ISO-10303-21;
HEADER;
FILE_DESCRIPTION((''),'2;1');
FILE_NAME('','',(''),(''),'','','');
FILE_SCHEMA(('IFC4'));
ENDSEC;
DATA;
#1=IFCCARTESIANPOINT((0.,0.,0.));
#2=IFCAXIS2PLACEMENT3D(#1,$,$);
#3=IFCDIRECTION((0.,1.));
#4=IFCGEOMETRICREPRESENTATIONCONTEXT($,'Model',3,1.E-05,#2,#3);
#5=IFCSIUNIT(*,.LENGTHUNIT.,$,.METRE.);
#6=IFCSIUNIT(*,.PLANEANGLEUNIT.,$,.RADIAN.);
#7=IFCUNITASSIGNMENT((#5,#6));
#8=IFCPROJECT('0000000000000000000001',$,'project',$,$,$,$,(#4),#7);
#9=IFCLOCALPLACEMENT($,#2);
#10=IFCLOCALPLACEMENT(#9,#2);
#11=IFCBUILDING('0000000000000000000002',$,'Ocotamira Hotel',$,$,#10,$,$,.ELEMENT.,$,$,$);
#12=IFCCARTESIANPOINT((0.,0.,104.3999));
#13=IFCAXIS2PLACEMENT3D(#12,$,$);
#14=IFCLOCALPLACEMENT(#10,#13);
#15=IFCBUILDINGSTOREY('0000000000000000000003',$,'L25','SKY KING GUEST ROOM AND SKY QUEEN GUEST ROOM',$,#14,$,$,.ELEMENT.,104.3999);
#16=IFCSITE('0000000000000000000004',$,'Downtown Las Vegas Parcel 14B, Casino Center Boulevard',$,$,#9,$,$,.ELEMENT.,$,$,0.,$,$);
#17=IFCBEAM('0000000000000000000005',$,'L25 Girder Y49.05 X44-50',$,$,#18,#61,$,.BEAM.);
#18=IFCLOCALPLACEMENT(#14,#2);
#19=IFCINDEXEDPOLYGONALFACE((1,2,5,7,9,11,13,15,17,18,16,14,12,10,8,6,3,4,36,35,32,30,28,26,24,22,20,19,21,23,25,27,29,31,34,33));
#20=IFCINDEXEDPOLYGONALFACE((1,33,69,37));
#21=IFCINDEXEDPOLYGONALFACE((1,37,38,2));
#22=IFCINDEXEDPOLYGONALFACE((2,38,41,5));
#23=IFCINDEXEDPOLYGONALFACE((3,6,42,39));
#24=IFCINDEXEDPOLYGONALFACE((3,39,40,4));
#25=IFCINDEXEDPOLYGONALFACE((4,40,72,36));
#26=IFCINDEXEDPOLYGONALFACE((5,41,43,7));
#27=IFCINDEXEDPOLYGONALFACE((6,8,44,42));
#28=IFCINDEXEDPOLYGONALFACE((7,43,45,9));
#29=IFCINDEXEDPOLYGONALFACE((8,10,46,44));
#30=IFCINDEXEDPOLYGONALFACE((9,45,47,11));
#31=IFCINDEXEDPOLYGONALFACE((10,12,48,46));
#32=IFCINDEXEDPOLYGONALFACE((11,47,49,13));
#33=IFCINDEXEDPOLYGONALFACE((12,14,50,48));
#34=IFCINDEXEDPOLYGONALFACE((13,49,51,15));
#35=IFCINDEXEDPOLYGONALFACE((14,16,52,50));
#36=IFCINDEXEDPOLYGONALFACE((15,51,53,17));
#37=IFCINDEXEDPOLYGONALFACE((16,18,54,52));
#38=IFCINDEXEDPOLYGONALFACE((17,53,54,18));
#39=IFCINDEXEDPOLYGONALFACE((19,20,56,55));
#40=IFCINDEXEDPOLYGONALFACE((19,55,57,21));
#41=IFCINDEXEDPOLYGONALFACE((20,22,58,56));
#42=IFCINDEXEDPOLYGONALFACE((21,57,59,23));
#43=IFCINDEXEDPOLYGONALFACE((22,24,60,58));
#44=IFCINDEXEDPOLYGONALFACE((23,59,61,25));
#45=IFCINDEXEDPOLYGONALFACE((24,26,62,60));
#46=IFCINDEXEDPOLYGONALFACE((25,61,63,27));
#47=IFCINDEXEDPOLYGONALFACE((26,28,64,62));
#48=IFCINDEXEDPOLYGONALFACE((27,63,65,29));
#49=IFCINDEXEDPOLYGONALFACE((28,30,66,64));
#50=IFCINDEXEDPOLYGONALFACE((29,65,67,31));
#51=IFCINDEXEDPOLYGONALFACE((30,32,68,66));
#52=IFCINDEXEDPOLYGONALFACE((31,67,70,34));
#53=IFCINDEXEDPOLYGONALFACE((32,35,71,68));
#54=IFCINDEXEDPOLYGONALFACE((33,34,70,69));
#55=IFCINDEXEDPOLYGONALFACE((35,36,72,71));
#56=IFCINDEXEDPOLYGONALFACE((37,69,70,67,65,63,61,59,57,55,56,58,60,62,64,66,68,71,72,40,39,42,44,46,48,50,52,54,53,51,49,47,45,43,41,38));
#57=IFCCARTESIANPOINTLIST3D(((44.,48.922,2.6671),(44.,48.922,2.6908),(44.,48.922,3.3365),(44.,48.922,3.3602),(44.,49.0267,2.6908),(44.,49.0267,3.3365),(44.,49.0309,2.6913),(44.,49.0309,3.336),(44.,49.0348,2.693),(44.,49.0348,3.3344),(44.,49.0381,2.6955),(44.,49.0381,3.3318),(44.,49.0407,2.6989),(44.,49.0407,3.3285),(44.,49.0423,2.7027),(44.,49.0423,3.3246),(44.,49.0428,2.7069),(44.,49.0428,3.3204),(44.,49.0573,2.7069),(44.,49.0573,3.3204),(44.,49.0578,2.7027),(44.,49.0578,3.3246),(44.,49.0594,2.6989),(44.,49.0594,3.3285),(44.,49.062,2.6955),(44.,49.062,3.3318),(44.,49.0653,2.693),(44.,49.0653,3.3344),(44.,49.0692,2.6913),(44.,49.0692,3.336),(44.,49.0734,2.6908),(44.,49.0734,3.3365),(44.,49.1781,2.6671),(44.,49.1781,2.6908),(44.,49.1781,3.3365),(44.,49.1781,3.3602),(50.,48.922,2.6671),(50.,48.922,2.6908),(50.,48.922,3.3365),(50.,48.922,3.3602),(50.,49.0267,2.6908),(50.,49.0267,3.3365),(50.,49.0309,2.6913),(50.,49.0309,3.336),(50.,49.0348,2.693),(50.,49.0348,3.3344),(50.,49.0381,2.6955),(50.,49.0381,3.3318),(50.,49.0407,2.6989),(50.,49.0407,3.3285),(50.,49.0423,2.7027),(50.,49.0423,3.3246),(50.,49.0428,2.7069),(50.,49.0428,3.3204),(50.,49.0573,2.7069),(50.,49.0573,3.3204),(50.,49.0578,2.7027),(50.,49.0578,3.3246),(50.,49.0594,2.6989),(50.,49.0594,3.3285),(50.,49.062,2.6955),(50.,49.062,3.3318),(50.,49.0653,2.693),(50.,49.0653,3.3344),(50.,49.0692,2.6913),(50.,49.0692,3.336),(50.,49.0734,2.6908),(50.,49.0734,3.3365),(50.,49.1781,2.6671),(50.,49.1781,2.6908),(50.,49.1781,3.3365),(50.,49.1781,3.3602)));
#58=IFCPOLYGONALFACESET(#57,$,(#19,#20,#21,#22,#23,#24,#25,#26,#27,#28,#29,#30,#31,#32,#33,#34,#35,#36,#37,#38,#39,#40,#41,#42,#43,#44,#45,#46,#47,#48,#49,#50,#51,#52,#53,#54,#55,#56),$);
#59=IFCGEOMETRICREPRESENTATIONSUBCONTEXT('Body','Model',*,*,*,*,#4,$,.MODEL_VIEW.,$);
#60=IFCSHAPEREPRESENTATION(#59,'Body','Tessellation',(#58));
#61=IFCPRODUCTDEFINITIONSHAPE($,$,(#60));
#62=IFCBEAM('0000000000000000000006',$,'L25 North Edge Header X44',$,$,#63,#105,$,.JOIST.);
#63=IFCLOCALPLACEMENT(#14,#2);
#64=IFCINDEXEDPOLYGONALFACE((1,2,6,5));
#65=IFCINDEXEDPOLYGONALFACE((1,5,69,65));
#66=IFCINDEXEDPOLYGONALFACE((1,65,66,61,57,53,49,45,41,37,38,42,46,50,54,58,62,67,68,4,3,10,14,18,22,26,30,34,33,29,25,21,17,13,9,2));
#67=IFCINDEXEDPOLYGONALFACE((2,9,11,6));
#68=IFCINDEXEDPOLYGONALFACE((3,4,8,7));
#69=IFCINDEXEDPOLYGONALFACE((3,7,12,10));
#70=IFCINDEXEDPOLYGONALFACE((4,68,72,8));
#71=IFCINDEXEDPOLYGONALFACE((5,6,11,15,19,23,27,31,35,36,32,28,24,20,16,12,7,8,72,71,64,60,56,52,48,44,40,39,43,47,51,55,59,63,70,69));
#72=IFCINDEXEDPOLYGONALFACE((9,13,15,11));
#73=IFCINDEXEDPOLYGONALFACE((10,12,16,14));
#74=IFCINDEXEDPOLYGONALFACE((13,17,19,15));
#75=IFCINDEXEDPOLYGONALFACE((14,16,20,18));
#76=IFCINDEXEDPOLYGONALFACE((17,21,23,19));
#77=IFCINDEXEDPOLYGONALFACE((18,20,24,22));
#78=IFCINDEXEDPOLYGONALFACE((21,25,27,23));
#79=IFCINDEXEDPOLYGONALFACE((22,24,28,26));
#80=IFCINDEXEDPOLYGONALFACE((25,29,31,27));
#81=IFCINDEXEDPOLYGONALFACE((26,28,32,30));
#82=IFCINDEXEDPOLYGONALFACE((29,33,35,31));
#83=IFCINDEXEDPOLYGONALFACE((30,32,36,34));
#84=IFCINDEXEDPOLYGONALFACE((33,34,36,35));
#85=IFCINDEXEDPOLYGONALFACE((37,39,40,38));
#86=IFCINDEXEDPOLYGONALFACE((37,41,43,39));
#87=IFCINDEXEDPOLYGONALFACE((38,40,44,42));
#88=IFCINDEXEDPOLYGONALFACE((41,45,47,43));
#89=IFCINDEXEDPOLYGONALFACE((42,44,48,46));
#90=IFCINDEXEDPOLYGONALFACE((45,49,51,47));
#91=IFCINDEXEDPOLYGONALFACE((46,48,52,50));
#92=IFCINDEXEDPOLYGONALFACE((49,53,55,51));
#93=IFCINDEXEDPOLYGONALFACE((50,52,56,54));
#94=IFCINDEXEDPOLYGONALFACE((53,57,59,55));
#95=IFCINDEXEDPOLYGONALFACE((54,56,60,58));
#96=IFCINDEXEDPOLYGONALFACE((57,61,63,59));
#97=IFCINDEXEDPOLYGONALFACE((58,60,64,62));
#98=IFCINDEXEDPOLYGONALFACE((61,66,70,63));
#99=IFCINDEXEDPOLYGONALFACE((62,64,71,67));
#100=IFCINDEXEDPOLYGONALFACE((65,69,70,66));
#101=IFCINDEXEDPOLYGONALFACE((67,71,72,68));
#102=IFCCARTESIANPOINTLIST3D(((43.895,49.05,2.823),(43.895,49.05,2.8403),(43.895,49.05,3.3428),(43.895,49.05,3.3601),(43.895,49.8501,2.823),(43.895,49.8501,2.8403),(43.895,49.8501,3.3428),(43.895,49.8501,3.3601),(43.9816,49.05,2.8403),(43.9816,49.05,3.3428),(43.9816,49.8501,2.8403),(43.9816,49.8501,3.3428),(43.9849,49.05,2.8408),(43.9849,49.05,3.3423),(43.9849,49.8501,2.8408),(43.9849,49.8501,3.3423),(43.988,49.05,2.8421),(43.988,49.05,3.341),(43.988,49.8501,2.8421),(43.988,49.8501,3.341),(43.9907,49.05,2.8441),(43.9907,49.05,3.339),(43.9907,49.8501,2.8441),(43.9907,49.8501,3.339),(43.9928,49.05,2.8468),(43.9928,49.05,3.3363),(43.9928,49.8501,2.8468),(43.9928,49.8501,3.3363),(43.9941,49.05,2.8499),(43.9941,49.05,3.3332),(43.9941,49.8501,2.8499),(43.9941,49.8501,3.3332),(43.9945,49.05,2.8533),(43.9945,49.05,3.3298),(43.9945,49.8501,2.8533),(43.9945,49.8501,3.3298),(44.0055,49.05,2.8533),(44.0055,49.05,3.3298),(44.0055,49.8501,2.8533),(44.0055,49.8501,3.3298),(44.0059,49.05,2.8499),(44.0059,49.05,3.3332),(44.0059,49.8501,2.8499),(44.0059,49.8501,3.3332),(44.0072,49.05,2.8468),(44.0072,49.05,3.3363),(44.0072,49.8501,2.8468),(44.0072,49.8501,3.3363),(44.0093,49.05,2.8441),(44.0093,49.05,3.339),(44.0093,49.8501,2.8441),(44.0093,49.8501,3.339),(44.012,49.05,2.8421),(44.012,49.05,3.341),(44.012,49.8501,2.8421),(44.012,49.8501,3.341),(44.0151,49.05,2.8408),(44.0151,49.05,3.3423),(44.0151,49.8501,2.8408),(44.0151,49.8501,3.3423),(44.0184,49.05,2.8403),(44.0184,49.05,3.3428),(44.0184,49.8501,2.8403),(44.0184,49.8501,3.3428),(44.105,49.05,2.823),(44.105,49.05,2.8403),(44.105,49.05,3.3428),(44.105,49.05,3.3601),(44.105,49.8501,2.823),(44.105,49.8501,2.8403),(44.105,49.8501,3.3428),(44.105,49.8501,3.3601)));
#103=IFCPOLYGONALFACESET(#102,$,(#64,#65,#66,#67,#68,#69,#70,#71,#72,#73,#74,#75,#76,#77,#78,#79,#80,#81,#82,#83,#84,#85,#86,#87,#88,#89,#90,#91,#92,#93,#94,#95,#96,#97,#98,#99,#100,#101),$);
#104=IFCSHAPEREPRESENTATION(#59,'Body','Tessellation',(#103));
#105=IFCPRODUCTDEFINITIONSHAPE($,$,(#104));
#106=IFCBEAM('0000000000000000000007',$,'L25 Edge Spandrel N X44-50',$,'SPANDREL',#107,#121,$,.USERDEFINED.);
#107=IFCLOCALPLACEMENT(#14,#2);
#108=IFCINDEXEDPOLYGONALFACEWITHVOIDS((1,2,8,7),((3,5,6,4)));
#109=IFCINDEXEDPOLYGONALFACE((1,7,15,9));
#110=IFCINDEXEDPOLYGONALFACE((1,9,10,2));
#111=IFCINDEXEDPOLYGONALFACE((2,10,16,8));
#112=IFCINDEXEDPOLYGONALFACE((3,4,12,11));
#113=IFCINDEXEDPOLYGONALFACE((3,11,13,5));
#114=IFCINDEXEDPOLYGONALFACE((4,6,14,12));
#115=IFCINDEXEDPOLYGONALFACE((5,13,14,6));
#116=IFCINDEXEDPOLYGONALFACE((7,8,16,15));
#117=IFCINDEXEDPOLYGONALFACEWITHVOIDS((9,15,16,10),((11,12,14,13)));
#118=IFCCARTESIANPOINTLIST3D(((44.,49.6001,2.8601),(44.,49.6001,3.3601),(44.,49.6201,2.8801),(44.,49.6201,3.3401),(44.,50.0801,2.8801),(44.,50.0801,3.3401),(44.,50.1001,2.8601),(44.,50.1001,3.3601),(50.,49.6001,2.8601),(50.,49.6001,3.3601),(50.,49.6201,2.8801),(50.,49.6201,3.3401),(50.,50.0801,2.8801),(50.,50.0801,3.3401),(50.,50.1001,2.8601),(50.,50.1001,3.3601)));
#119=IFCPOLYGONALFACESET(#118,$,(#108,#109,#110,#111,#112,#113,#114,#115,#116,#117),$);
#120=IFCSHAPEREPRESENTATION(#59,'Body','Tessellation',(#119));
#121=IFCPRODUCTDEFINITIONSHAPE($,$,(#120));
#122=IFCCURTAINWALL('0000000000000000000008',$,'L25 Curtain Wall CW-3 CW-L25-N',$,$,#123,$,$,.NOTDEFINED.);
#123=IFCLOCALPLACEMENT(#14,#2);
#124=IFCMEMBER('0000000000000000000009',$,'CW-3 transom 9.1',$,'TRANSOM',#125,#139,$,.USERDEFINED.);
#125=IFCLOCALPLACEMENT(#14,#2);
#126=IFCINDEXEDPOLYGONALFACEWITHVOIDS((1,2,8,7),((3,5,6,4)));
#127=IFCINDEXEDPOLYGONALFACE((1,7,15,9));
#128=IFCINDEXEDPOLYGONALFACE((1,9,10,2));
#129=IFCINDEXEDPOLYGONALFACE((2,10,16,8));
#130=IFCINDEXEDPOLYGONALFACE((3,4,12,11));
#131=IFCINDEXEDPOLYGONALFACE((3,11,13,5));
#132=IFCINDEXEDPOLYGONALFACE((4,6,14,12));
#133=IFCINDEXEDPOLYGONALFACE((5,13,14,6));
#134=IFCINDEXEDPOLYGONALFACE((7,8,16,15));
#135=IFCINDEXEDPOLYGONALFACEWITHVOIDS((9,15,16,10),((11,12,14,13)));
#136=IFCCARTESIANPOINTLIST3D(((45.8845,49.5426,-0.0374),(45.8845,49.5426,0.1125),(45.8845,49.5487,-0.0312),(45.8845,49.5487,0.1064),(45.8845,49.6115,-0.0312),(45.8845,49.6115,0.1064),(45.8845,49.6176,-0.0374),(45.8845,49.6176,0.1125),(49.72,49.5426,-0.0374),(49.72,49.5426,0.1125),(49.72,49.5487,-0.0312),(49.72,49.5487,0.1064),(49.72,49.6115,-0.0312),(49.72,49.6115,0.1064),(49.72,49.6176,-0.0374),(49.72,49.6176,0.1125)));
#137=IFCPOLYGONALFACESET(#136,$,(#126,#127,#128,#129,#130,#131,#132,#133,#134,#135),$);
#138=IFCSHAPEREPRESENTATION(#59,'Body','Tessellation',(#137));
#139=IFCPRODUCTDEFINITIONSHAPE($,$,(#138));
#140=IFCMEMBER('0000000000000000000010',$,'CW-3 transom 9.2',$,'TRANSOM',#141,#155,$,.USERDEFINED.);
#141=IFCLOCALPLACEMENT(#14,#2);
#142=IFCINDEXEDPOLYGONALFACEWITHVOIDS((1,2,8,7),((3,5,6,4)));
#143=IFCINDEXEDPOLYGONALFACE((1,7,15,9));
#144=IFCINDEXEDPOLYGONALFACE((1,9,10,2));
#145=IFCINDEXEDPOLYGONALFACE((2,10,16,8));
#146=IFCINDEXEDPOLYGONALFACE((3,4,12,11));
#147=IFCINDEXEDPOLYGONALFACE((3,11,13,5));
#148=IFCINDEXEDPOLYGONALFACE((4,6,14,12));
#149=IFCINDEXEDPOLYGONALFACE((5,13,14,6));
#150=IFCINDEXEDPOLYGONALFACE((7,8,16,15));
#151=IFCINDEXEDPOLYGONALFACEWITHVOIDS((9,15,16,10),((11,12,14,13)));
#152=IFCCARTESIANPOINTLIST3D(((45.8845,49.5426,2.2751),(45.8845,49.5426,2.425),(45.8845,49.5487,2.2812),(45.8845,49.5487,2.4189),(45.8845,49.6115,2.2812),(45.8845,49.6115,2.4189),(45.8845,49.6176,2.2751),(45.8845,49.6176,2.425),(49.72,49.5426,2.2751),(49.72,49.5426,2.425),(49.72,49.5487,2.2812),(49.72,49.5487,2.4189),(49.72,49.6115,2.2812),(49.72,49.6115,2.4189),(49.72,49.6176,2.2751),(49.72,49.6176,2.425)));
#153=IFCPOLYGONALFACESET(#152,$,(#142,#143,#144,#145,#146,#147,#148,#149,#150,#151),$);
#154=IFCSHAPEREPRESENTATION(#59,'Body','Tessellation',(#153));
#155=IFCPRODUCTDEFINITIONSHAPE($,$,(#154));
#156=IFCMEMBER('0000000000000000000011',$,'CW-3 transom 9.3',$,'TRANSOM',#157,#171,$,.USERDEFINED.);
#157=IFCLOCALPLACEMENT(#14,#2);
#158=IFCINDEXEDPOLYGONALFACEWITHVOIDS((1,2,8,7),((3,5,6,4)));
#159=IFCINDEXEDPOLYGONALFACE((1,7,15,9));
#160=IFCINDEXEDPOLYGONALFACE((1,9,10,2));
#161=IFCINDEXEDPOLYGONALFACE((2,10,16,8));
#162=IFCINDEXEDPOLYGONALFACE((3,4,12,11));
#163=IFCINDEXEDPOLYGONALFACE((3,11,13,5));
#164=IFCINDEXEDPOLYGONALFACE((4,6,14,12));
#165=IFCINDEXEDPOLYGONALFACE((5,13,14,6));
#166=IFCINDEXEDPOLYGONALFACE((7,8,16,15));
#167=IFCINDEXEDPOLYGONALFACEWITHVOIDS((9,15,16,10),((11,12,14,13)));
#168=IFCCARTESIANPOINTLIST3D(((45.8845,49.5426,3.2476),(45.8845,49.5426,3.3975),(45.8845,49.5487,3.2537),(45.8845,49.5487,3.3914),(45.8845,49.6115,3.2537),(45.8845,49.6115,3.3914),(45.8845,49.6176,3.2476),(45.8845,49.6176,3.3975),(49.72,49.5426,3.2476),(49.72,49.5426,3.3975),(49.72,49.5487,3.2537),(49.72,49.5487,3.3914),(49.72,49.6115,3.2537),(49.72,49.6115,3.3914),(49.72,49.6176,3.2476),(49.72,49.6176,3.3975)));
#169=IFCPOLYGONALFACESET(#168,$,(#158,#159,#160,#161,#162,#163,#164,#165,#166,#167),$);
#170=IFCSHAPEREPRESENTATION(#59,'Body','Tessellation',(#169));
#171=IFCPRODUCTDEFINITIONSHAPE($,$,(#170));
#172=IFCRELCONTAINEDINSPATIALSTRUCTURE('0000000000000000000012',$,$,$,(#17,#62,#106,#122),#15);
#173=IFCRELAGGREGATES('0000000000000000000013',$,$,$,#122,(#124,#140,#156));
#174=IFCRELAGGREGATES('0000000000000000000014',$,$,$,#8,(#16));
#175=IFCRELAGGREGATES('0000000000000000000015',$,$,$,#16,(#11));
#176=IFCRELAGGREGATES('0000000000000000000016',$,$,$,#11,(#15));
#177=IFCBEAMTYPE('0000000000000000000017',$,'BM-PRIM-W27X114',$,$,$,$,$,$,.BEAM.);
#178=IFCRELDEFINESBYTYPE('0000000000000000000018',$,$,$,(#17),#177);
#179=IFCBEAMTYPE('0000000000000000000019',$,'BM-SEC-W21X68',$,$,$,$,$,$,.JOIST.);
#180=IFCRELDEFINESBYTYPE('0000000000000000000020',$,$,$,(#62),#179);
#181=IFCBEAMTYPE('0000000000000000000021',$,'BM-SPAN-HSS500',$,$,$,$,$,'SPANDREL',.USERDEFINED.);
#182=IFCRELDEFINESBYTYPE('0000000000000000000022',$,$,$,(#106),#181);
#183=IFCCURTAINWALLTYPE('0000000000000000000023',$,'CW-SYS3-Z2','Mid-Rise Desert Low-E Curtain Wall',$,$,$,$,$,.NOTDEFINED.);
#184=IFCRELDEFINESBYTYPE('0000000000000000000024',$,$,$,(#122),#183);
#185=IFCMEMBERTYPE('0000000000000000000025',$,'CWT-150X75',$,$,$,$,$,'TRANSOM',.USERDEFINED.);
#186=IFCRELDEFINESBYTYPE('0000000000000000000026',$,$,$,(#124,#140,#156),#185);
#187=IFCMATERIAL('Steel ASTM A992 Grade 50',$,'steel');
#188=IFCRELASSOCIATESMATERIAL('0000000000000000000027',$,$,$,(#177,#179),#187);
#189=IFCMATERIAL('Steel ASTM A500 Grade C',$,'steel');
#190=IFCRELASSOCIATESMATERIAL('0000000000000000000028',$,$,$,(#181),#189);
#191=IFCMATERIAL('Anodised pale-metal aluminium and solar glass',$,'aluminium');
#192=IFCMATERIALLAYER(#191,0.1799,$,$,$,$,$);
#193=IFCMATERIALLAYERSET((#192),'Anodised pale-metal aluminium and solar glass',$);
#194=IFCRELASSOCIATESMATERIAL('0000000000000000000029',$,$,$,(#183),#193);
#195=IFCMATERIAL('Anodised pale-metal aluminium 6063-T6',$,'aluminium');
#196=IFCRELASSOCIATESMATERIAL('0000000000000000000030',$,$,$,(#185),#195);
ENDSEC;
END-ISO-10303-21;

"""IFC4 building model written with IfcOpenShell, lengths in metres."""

from ifc_helpers import new_model, si_unit, direction, frame, origin, origin_2d, place, context, subcontext, project, spatial, hollow_rectangle, i_section, extrude, source, transform, mapped, material, layer, layer_set, material_profile, profile_set, type_object, element, aggregate, save


model = new_model("IFC4")

# Units and contexts
model_context = context("Model", 3, precision=1e-05, world=origin(), true_north=direction((0.0, 1.0)))
body_context = subcontext(model_context, "Body", "Model", "MODEL_VIEW")
ifc_project = project(units=[si_unit("LENGTHUNIT", "METRE"), si_unit("PLANEANGLEUNIT", "RADIAN")], contexts=[model_context])

# Site, building, storey
site_placement = place(None, origin())
site = spatial("IfcSite", under=ifc_project, at=site_placement, Name="Downtown Las Vegas Parcel 14B, Casino Center Boulevard", CompositionType="ELEMENT", RefElevation=0.0)
building_placement = place(site_placement, origin())
building = spatial("IfcBuilding", under=site, at=building_placement, Name="Ocotamira Hotel", CompositionType="ELEMENT")
storey_placement = place(building_placement, frame((0.0, 0.0, 104.3999)))
storey = spatial("IfcBuildingStorey", under=building, at=storey_placement, Name="L25", Description="SKY KING GUEST ROOM AND SKY QUEEN GUEST ROOM", CompositionType="ELEMENT", Elevation=104.3999)

# Beams
ifc_material_1 = material(Name="Steel ASTM A992 Grade 50", Category="steel")
ifc_material_profile_1 = material_profile(ifc_material_1, i_section(OverallWidth=0.2561, OverallDepth=0.6931, WebThickness=0.0144, FlangeThickness=0.0237, FilletRadius=0.0161, at=origin_2d()), Name="W27X114")
ifc_profile_set_1 = profile_set([ifc_material_profile_1], Name="Steel ASTM A992 Grade 50")
beam_type_1 = type_object("IfcBeamType", Name="BM-PRIM-W27X114", PredefinedType="BEAM", material=ifc_profile_set_1)
shared_shape_1 = source(origin(), body_context, "Body", "SweptSolid", [
    extrude(i_section(OverallWidth=0.2561, OverallDepth=0.6931, WebThickness=0.0144, FlangeThickness=0.0237, FilletRadius=0.0161, at=origin_2d()), origin(), (0.0, 0.0, 1.0), 6.0),
])
beam_1_placement = place(storey_placement, frame((44.0, 49.05, 3.0137), z_axis=(1.0, 0.0, 0.0), x_axis=(0.0, 1.0, 0.0)))
element("IfcBeam", 1, at=beam_1_placement, inside=storey, type_object=beam_type_1, Name="L25 Girder Y49.05 X44-50", PredefinedType="BEAM", context=body_context, shape_type="MappedRepresentation", body=[
    mapped(shared_shape_1, transform((0.0, 0.0, 0.0), scale=1.0)),
])
ifc_material_profile_2 = material_profile(ifc_material_1, i_section(OverallWidth=0.21, OverallDepth=0.5371, WebThickness=0.011, FlangeThickness=0.0173, FilletRadius=0.0129, at=origin_2d()), Name="W21X68")
ifc_profile_set_2 = profile_set([ifc_material_profile_2], Name="Steel ASTM A992 Grade 50")
beam_type_2 = type_object("IfcBeamType", Name="BM-SEC-W21X68", PredefinedType="JOIST", material=ifc_profile_set_2)
shared_shape_2 = source(origin(), body_context, "Body", "SweptSolid", [
    extrude(i_section(OverallWidth=0.21, OverallDepth=0.5371, WebThickness=0.011, FlangeThickness=0.0173, FilletRadius=0.0129, at=origin_2d()), origin(), (0.0, 0.0, 1.0), 0.8),
])
beam_2_placement = place(storey_placement, frame((44.0, 49.05, 3.0916), z_axis=(0.0, 1.0, 0.0), x_axis=(-1.0, 0.0, 0.0)))
element("IfcBeam", 2, at=beam_2_placement, inside=storey, type_object=beam_type_2, Name="L25 North Edge Header X44", PredefinedType="JOIST", context=body_context, shape_type="MappedRepresentation", body=[
    mapped(shared_shape_2, transform((0.0, 0.0, 0.0), scale=1.0)),
])
ifc_material_2 = material(Name="Steel ASTM A500 Grade C", Category="steel")
ifc_material_profile_3 = material_profile(ifc_material_2, hollow_rectangle(XDim=0.5, YDim=0.5, WallThickness=0.02, at=origin_2d()), Name="HSS500X500X20")
ifc_profile_set_3 = profile_set([ifc_material_profile_3], Name="Steel ASTM A500 Grade C")
beam_type_3 = type_object("IfcBeamType", Name="BM-SPAN-HSS500", ElementType="SPANDREL", PredefinedType="USERDEFINED", material=ifc_profile_set_3)
shared_shape_3 = source(origin(), body_context, "Body", "SweptSolid", [
    extrude(hollow_rectangle(XDim=0.5, YDim=0.5, WallThickness=0.02, at=origin_2d()), origin(), (0.0, 0.0, 1.0), 6.0),
])
beam_3_placement = place(storey_placement, frame((44.0, 49.8501, 3.1101), z_axis=(1.0, 0.0, 0.0), x_axis=(0.0, 1.0, 0.0)))
element("IfcBeam", 3, at=beam_3_placement, inside=storey, type_object=beam_type_3, Name="L25 Edge Spandrel N X44-50", ObjectType="SPANDREL", PredefinedType="USERDEFINED", context=body_context, shape_type="MappedRepresentation", body=[
    mapped(shared_shape_3, transform((0.0, 0.0, 0.0), scale=1.0)),
])

# Curtain wall, members
ifc_material_3 = material(Name="Anodised pale-metal aluminium and solar glass", Category="aluminium")
ifc_layer_1 = layer(ifc_material_3, 0.1799)
ifc_layer_set_1 = layer_set([ifc_layer_1], Name="Anodised pale-metal aluminium and solar glass")
curtain_wall_type = type_object("IfcCurtainWallType", Name="CW-SYS3-Z2", Description="Mid-Rise Desert Low-E Curtain Wall", PredefinedType="NOTDEFINED", material=ifc_layer_set_1)
curtain_wall_placement = place(storey_placement, origin())
curtain_wall = element("IfcCurtainWall", 4, at=curtain_wall_placement, inside=storey, type_object=curtain_wall_type, Name="L25 Curtain Wall CW-3 CW-L25-N", PredefinedType="NOTDEFINED")
ifc_material_4 = material(Name="Anodised pale-metal aluminium 6063-T6", Category="aluminium")
ifc_material_profile_4 = material_profile(ifc_material_4, hollow_rectangle(XDim=0.075, YDim=0.1499, WallThickness=0.0061, at=origin_2d()), Name="HSS150X75X6")
ifc_profile_set_4 = profile_set([ifc_material_profile_4], Name="Anodised pale-metal aluminium 6063-T6")
member_type_1 = type_object("IfcMemberType", Name="CWT-150X75", ElementType="TRANSOM", PredefinedType="USERDEFINED", material=ifc_profile_set_4)
shared_shape_4 = source(origin(), body_context, "Body", "SweptSolid", [
    extrude(hollow_rectangle(XDim=0.075, YDim=0.1499, WallThickness=0.0061, at=origin_2d()), origin(), (0.0, 0.0, 1.0), 3.8354),
])
member_1_placement = place(storey_placement, frame((45.8845, 49.5801, 0.0376), z_axis=(1.0, 0.0, 0.0), x_axis=(0.0, 1.0, 0.0)))
member_1 = element("IfcMember", 5, at=member_1_placement, type_object=member_type_1, Name="CW-3 transom 9.1", ObjectType="TRANSOM", PredefinedType="USERDEFINED", context=body_context, shape_type="MappedRepresentation", body=[
    mapped(shared_shape_4, transform((0.0, 0.0, 0.0), scale=1.0)),
])
member_2_placement = place(storey_placement, frame((45.8845, 49.5801, 2.3501), z_axis=(1.0, 0.0, 0.0), x_axis=(0.0, 1.0, 0.0)))
member_2 = element("IfcMember", 6, at=member_2_placement, type_object=member_type_1, Name="CW-3 transom 9.2", ObjectType="TRANSOM", PredefinedType="USERDEFINED", context=body_context, shape_type="MappedRepresentation", body=[
    mapped(shared_shape_4, transform((0.0, 0.0, 0.0), scale=1.0)),
])
member_3_placement = place(storey_placement, frame((45.8845, 49.5801, 3.3225), z_axis=(1.0, 0.0, 0.0), x_axis=(0.0, 1.0, 0.0)))
member_3 = element("IfcMember", 7, at=member_3_placement, type_object=member_type_1, Name="CW-3 transom 9.3", ObjectType="TRANSOM", PredefinedType="USERDEFINED", context=body_context, shape_type="MappedRepresentation", body=[
    mapped(shared_shape_4, transform((0.0, 0.0, 0.0), scale=1.0)),
])

aggregate(curtain_wall, [member_1, member_2, member_3])

save(model, "model.ifc")
